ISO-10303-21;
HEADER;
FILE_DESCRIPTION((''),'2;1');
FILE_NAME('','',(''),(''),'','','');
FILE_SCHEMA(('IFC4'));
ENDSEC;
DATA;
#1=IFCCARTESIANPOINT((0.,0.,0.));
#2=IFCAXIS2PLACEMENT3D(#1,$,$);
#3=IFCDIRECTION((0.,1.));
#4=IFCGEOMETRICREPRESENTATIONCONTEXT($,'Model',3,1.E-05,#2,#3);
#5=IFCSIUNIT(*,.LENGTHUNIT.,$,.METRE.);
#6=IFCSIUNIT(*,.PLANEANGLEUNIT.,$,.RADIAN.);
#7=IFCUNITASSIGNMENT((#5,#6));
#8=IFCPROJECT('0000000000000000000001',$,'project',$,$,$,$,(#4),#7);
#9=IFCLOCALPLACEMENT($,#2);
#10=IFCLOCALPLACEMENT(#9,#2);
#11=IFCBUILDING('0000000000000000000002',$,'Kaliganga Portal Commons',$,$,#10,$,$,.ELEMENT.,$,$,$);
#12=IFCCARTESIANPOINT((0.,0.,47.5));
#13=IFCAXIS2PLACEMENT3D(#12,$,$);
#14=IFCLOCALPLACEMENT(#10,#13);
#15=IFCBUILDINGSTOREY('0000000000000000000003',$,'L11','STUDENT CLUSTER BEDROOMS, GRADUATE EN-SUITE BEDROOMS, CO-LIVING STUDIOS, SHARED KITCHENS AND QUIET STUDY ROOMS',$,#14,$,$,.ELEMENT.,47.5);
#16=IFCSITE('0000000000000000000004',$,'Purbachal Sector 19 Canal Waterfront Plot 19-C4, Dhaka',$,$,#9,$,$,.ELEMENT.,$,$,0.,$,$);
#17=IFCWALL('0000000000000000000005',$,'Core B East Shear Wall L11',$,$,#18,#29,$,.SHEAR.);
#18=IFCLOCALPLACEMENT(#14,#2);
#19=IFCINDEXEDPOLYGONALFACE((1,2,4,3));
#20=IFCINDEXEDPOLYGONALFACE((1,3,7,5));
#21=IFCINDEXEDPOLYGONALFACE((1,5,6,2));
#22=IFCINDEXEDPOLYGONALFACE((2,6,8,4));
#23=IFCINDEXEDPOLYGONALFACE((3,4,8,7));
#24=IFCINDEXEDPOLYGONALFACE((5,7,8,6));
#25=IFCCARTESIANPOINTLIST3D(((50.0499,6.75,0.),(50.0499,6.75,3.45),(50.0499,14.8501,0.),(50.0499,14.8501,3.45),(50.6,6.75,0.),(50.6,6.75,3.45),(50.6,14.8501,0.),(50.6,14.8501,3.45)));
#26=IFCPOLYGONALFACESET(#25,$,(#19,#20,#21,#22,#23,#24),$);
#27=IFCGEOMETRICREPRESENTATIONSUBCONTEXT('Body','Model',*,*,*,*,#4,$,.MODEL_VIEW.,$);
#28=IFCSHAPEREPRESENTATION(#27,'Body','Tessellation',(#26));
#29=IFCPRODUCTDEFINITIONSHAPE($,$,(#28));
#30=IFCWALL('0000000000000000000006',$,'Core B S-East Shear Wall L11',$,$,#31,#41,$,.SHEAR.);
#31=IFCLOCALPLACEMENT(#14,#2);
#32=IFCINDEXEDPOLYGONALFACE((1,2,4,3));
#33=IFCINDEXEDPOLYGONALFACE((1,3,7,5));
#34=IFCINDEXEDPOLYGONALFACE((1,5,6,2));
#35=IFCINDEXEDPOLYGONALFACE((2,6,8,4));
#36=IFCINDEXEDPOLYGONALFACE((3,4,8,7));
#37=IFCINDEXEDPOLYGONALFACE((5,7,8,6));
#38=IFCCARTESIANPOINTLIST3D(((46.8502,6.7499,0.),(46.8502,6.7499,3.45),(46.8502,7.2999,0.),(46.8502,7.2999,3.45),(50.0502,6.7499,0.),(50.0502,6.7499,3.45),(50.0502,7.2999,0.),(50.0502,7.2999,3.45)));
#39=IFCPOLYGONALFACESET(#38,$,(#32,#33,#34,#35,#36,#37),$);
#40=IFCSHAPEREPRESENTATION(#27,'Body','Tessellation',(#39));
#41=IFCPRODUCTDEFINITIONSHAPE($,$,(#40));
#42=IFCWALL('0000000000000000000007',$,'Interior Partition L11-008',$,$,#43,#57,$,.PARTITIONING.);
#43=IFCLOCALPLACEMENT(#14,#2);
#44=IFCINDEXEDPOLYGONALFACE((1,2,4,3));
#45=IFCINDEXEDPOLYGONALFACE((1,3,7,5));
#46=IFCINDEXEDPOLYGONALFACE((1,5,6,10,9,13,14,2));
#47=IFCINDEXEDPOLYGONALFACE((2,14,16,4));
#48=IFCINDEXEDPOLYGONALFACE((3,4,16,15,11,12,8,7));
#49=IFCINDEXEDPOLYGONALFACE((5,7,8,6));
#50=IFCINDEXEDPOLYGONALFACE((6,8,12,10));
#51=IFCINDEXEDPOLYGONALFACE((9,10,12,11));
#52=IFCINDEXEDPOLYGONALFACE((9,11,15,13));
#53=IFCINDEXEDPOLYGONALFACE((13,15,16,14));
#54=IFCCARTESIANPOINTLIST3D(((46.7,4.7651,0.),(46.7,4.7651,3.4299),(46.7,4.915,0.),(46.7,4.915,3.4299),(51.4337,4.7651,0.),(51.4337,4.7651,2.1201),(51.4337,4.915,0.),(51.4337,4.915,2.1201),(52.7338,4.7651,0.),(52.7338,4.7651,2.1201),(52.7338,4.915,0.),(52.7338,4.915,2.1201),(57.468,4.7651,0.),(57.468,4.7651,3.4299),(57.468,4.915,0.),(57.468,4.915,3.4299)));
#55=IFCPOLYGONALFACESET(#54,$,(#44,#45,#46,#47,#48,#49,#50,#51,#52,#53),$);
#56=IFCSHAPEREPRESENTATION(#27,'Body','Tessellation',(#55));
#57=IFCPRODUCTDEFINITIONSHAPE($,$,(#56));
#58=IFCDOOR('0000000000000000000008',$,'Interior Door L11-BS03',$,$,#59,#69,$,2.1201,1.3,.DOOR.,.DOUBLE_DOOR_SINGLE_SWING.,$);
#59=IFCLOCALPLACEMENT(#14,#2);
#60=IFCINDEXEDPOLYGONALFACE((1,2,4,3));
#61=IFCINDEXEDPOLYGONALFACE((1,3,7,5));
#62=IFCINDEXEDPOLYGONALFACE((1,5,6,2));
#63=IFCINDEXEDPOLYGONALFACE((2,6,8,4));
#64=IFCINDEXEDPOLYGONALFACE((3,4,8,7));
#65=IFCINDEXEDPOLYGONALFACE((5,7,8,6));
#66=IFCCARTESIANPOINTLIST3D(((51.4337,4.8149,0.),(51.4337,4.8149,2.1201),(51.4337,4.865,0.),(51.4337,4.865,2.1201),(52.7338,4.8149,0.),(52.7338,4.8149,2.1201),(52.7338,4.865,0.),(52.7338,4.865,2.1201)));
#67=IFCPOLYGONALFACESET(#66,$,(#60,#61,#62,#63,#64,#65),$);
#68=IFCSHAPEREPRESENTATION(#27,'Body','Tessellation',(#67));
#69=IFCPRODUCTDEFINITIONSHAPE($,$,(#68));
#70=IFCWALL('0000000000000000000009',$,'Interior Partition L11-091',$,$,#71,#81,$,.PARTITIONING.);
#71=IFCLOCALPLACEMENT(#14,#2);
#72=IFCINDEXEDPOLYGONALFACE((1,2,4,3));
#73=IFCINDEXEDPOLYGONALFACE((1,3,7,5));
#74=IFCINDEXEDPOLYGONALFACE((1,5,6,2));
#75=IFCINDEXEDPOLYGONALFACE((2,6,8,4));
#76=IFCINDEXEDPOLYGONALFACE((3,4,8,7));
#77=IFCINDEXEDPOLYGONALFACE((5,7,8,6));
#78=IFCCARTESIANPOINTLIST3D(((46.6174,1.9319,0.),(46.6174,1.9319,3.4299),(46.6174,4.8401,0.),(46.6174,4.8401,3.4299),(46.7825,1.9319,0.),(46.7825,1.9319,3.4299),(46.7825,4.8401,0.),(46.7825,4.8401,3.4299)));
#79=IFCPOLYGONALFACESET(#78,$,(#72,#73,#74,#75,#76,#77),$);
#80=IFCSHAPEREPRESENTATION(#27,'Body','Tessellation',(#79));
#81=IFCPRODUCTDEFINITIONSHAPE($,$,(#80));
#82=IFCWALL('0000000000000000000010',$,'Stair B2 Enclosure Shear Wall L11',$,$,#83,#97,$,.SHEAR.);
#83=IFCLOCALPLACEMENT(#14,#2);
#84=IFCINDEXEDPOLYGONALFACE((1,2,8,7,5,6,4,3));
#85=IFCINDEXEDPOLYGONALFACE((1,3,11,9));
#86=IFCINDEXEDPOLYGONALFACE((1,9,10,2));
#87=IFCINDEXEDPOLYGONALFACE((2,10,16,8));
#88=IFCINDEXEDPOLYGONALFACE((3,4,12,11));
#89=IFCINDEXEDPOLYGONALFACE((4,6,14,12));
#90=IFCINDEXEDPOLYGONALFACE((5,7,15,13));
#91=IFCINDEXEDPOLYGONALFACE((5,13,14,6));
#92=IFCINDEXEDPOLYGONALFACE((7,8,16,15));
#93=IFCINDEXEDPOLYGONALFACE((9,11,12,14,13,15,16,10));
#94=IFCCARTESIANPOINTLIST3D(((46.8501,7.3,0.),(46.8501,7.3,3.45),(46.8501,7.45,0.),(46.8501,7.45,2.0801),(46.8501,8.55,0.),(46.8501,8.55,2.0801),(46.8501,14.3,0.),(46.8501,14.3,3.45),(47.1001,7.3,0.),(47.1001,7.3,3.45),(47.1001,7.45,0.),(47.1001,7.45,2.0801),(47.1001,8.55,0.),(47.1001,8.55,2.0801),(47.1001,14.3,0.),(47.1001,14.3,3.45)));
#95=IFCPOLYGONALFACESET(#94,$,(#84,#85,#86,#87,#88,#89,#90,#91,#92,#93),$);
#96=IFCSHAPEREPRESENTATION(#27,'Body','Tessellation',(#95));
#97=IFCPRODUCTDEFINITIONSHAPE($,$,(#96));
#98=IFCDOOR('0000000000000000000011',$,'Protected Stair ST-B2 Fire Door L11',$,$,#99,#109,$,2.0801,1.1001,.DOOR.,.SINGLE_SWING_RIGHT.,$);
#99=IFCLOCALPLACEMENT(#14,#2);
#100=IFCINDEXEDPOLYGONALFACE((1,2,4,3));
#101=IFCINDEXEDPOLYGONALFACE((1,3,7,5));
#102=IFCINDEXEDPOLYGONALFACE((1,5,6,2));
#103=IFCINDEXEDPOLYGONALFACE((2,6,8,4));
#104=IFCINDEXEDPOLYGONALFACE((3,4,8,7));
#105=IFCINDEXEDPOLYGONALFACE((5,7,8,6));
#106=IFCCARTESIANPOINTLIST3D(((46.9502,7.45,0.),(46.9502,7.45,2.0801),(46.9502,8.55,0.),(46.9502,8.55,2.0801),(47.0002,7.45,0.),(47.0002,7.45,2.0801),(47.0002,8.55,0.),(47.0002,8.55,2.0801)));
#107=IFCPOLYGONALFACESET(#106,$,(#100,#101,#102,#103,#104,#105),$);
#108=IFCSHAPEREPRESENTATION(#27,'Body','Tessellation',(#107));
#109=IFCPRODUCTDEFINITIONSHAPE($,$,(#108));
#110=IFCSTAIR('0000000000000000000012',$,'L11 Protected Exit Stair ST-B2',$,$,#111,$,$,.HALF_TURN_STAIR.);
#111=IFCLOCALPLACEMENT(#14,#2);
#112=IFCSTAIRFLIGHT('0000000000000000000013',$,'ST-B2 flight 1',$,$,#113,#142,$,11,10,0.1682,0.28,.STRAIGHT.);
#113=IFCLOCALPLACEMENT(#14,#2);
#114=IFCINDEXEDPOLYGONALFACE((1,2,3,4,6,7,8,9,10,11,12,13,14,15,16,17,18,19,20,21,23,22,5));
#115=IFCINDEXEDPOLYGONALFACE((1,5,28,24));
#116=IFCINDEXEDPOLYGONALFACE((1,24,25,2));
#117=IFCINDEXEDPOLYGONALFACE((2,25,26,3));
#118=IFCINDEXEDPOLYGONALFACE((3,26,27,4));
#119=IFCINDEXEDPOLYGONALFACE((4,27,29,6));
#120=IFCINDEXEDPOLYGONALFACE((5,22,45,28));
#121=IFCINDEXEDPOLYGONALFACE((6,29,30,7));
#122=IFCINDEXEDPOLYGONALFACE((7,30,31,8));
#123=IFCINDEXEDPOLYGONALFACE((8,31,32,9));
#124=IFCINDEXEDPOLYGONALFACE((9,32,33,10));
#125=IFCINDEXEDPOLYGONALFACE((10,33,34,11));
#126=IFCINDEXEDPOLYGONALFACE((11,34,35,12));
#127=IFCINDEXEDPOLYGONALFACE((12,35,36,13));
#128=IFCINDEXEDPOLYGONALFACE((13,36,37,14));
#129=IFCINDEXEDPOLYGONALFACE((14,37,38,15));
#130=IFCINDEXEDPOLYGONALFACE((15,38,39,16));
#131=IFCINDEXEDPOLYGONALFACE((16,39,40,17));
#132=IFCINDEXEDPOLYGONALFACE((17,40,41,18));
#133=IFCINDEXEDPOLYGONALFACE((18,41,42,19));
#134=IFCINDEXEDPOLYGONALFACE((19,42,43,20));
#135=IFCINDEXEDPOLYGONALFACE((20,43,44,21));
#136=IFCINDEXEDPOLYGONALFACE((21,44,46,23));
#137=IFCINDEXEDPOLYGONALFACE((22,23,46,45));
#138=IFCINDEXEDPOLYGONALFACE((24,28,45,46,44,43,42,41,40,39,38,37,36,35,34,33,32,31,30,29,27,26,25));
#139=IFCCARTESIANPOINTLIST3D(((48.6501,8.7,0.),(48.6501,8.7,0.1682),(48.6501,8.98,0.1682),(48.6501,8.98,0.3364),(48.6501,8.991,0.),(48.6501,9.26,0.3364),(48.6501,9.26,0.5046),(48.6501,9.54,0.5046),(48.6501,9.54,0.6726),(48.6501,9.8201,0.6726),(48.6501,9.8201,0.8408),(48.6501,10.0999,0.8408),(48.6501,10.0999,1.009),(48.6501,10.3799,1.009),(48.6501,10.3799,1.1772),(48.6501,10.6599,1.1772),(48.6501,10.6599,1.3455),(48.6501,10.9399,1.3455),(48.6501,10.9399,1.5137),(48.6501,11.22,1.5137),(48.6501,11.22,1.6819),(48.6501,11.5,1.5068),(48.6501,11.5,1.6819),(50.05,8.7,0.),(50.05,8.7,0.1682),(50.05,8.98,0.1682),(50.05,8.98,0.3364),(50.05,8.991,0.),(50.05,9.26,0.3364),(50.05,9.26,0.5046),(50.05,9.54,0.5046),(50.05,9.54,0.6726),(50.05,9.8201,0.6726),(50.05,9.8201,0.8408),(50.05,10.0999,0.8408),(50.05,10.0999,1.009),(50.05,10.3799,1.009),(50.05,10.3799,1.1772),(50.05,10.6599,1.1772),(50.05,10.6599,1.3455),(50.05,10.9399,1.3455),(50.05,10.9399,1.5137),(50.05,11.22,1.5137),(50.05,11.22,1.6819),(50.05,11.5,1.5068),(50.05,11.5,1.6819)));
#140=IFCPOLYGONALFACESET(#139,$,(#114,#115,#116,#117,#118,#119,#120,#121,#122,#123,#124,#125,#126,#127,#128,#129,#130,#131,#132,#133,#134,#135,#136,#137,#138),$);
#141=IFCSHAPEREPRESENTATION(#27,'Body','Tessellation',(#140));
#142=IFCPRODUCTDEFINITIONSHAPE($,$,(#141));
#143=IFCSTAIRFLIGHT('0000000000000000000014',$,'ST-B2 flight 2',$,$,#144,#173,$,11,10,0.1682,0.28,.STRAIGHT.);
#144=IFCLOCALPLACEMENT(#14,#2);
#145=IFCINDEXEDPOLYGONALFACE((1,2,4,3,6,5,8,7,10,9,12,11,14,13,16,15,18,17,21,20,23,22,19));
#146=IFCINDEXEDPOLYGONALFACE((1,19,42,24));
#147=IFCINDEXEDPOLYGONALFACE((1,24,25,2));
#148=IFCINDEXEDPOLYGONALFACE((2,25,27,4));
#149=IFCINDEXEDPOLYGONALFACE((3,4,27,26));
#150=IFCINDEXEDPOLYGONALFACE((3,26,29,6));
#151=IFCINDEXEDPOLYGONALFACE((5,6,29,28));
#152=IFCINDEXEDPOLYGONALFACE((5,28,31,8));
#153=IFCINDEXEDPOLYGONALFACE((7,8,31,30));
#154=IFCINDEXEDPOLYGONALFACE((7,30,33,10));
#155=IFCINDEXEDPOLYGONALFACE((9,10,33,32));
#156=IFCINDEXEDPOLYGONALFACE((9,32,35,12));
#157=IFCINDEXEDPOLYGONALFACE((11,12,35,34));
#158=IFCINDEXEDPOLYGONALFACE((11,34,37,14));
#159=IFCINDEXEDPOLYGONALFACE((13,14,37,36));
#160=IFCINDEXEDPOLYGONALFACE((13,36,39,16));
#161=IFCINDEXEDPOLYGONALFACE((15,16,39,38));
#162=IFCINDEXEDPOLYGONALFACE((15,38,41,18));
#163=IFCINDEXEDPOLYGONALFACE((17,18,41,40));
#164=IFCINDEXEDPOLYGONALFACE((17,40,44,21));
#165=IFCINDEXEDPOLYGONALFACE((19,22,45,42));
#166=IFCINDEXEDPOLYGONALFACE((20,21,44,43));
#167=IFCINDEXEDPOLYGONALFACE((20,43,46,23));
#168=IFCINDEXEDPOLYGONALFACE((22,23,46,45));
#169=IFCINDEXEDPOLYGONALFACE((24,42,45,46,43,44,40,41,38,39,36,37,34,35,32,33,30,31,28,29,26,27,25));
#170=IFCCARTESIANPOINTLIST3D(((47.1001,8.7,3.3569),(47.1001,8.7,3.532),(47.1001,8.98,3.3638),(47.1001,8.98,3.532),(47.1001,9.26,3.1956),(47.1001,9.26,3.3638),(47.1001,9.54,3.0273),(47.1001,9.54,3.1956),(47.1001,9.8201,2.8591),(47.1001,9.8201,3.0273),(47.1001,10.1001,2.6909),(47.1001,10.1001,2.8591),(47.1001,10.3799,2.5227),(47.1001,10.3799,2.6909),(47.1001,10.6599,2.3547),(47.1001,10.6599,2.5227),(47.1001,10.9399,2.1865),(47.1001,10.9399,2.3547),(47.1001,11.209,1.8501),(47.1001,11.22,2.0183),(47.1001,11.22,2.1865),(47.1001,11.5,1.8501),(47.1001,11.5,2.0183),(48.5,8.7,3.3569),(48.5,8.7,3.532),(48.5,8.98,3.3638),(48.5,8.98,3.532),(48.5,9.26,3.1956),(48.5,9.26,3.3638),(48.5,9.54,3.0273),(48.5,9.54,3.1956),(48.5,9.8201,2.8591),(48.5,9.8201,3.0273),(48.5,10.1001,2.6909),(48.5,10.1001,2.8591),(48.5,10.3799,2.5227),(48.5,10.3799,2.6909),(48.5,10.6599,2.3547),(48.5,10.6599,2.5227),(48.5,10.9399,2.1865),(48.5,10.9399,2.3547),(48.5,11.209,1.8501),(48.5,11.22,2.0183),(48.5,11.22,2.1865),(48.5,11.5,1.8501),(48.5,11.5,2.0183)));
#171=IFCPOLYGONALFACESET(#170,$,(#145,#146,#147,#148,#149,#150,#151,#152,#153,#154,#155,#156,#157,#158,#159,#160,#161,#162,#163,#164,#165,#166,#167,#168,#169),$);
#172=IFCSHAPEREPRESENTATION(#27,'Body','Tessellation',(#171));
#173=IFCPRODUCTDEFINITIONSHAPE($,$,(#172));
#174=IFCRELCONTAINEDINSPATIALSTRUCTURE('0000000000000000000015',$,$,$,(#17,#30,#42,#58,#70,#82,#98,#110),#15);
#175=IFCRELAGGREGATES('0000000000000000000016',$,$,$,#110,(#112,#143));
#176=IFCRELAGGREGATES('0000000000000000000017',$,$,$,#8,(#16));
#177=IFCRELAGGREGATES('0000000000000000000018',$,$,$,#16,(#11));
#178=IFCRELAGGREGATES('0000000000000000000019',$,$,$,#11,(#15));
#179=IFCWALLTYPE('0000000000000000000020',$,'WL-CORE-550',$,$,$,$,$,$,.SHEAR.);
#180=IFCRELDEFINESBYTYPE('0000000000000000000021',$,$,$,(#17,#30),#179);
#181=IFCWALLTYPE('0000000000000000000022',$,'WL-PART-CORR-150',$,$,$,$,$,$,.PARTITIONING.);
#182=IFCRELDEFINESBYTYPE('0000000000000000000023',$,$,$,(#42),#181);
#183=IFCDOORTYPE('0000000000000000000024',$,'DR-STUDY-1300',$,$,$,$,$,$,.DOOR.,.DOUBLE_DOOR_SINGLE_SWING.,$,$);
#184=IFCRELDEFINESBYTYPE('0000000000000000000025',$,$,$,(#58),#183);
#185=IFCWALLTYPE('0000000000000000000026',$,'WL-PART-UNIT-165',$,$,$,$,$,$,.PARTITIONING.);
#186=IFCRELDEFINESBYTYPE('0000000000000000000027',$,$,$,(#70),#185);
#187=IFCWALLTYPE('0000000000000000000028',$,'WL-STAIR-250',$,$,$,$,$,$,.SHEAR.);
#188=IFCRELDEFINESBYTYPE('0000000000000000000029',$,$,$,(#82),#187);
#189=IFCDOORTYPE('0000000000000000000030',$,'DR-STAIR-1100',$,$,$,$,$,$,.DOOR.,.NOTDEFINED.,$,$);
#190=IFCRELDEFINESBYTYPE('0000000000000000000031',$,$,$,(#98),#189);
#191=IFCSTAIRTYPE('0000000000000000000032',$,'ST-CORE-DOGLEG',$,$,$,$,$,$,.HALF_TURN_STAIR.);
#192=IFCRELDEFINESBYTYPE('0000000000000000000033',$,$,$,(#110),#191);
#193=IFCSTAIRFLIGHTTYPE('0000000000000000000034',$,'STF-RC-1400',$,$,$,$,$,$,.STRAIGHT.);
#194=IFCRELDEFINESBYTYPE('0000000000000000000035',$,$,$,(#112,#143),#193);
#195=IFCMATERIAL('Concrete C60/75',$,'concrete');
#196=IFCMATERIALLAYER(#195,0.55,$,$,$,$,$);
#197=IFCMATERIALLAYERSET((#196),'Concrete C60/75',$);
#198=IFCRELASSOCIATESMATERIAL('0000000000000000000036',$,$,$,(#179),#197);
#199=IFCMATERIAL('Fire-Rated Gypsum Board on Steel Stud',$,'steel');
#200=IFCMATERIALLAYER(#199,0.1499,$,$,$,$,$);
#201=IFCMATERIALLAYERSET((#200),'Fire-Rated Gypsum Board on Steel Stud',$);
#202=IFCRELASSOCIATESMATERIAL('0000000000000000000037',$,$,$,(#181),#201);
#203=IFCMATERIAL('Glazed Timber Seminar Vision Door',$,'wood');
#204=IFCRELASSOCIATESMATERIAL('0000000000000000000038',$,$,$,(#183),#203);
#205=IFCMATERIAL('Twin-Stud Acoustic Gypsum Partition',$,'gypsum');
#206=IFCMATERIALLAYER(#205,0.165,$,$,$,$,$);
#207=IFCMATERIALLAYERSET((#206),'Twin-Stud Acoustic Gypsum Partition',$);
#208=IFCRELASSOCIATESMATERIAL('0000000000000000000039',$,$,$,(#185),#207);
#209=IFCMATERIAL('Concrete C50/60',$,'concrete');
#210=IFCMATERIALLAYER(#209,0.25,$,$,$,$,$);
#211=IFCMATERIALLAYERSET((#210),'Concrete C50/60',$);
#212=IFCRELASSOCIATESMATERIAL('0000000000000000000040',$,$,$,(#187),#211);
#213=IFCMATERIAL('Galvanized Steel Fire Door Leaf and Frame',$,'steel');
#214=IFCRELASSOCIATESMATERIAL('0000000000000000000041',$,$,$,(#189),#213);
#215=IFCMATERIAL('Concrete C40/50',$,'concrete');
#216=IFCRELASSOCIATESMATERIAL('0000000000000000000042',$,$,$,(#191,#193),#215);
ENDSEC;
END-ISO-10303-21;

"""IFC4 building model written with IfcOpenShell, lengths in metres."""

from ifc_helpers import new_model, si_unit, direction, frame, frame_2d, origin, place, context, subcontext, project, spatial, polyline, rectangle, outline, extrude, material, layer, layer_set, type_object, element, fill, aggregate, save


model = new_model("IFC4")

# Units and contexts
model_context = context("Model", 3, precision=1e-05, world=origin(), true_north=direction((0.0, 1.0)))
body_context = subcontext(model_context, "Body", "Model", "MODEL_VIEW")
ifc_project = project(units=[si_unit("LENGTHUNIT", "METRE"), si_unit("PLANEANGLEUNIT", "RADIAN")], contexts=[model_context])

# Site, building, storey
site_placement = place(None, origin())
site = spatial("IfcSite", under=ifc_project, at=site_placement, Name="Purbachal Sector 19 Canal Waterfront Plot 19-C4, Dhaka", CompositionType="ELEMENT", RefElevation=0.0)
building_placement = place(site_placement, origin())
building = spatial("IfcBuilding", under=site, at=building_placement, Name="Kaliganga Portal Commons", CompositionType="ELEMENT")
storey_placement = place(building_placement, frame((0.0, 0.0, 47.5)))
storey = spatial("IfcBuildingStorey", under=building, at=storey_placement, Name="L11", Description="STUDENT CLUSTER BEDROOMS, GRADUATE EN-SUITE BEDROOMS, CO-LIVING STUDIOS, SHARED KITCHENS AND QUIET STUDY ROOMS", CompositionType="ELEMENT", Elevation=47.5)

# Walls
ifc_material_1 = material(Name="Concrete C60/75", Category="concrete")
ifc_layer_1 = layer(ifc_material_1, 0.55)
ifc_layer_set_1 = layer_set([ifc_layer_1], Name="Concrete C60/75")
wall_type_1 = type_object("IfcWallType", Name="WL-CORE-550", PredefinedType="SHEAR", material=ifc_layer_set_1)
wall_1_placement = place(storey_placement, frame((50.325, 6.75, 0.0), z_axis=(0.0, 0.0, 1.0), x_axis=(0.0, 1.0, 0.0)))
element("IfcWall", 1, at=wall_1_placement, inside=storey, type_object=wall_type_1, Name="Core B East Shear Wall L11", PredefinedType="SHEAR", context=body_context, shape_type="SweptSolid", body=[
    extrude(rectangle(XDim=8.1001, YDim=0.55, at=frame_2d((4.05, 0.0))), origin(), (0.0, 0.0, 1.0), 3.45),
])
wall_2_placement = place(storey_placement, frame((46.8501, 7.0249, 0.0), z_axis=(0.0, 0.0, 1.0), x_axis=(1.0, 0.0, 0.0)))
element("IfcWall", 2, at=wall_2_placement, inside=storey, type_object=wall_type_1, Name="Core B S-East Shear Wall L11", PredefinedType="SHEAR", context=body_context, shape_type="SweptSolid", body=[
    extrude(rectangle(XDim=3.2, YDim=0.55, at=frame_2d((1.6001, 0.0))), origin(), (0.0, 0.0, 1.0), 3.45),
])

# Wall, opening, door
ifc_material_2 = material(Name="Fire-Rated Gypsum Board on Steel Stud", Category="steel")
ifc_layer_2 = layer(ifc_material_2, 0.1499)
ifc_layer_set_2 = layer_set([ifc_layer_2], Name="Fire-Rated Gypsum Board on Steel Stud")
wall_type_2 = type_object("IfcWallType", Name="WL-PART-CORR-150", PredefinedType="PARTITIONING", material=ifc_layer_set_2)
wall_3_placement = place(storey_placement, frame((46.7, 4.8401, 0.0), z_axis=(0.0, 0.0, 1.0), x_axis=(1.0, 0.0, 0.0)))
wall_3 = element("IfcWall", 3, at=wall_3_placement, inside=storey, type_object=wall_type_2, Name="Interior Partition L11-008", PredefinedType="PARTITIONING", context=body_context, shape_type="SweptSolid", body=[
    extrude(rectangle(XDim=10.7681, YDim=0.1499, at=frame_2d((5.384, 0.0))), origin(), (0.0, 0.0, 1.0), 3.4299),
])
opening_1_placement = place(wall_3_placement, frame((4.7339, 0.0, 0.0)))
opening_1 = element("IfcOpeningElement", 4, at=opening_1_placement, cuts=wall_3, PredefinedType="OPENING", context=body_context, shape_type="SweptSolid", body=[
    extrude(rectangle(XDim=1.3, YDim=2.1201, at=frame_2d((0.6499, 1.0601))), frame((0.0, 0.085, 0.0), z_axis=(0.0, -1.0, 0.0), x_axis=(1.0, 0.0, 0.0)), (0.0, 0.0, 1.0), 0.1699),
])
ifc_material_3 = material(Name="Glazed Timber Seminar Vision Door", Category="wood")
door_type_1 = type_object("IfcDoorType", Name="DR-STUDY-1300", OperationType="DOUBLE_DOOR_SINGLE_SWING", PredefinedType="DOOR", material=ifc_material_3)
door_1_placement = place(opening_1_placement, origin())
door_1 = element("IfcDoor", 5, at=door_1_placement, inside=storey, type_object=door_type_1, Name="Interior Door L11-BS03", OperationType="DOUBLE_DOOR_SINGLE_SWING", OverallHeight=2.1201, OverallWidth=1.3, PredefinedType="DOOR", context=body_context, shape_type="SweptSolid", body=[
    extrude(rectangle(XDim=1.3, YDim=2.1201, at=frame_2d((0.6499, 1.0601))), frame((0.0, 0.0249, 0.0), z_axis=(0.0, -1.0, 0.0), x_axis=(1.0, 0.0, 0.0)), (0.0, 0.0, 1.0), 0.05),
])
fill(opening_1, door_1)

# Wall
ifc_material_4 = material(Name="Twin-Stud Acoustic Gypsum Partition", Category="gypsum")
ifc_layer_3 = layer(ifc_material_4, 0.165)
ifc_layer_set_3 = layer_set([ifc_layer_3], Name="Twin-Stud Acoustic Gypsum Partition")
wall_type_3 = type_object("IfcWallType", Name="WL-PART-UNIT-165", PredefinedType="PARTITIONING", material=ifc_layer_set_3)
wall_4_placement = place(storey_placement, frame((46.7, 1.9319, 0.0), z_axis=(0.0, 0.0, 1.0), x_axis=(0.0, 1.0, 0.0)))
element("IfcWall", 6, at=wall_4_placement, inside=storey, type_object=wall_type_3, Name="Interior Partition L11-091", PredefinedType="PARTITIONING", context=body_context, shape_type="SweptSolid", body=[
    extrude(rectangle(XDim=2.9082, YDim=0.165, at=frame_2d((1.4541, 0.0))), origin(), (0.0, 0.0, 1.0), 3.4299),
])

# Wall, opening, door
ifc_material_5 = material(Name="Concrete C50/60", Category="concrete")
ifc_layer_4 = layer(ifc_material_5, 0.25)
ifc_layer_set_4 = layer_set([ifc_layer_4], Name="Concrete C50/60")
wall_type_4 = type_object("IfcWallType", Name="WL-STAIR-250", PredefinedType="SHEAR", material=ifc_layer_set_4)
wall_5_placement = place(storey_placement, frame((46.9751, 7.3, 0.0), z_axis=(0.0, 0.0, 1.0), x_axis=(0.0, 1.0, 0.0)))
wall_5 = element("IfcWall", 7, at=wall_5_placement, inside=storey, type_object=wall_type_4, Name="Stair B2 Enclosure Shear Wall L11", PredefinedType="SHEAR", context=body_context, shape_type="SweptSolid", body=[
    extrude(rectangle(XDim=7.0, YDim=0.25, at=frame_2d((3.5, 0.0))), origin(), (0.0, 0.0, 1.0), 3.45),
])
opening_2_placement = place(wall_5_placement, frame((0.1499, 0.0, 0.0)))
opening_2 = element("IfcOpeningElement", 8, at=opening_2_placement, cuts=wall_5, PredefinedType="OPENING", context=body_context, shape_type="SweptSolid", body=[
    extrude(rectangle(XDim=1.1001, YDim=2.0801, at=frame_2d((0.55, 1.04))), frame((0.0, 0.135, 0.0), z_axis=(0.0, -1.0, 0.0), x_axis=(1.0, 0.0, 0.0)), (0.0, 0.0, 1.0), 0.27),
])
ifc_material_6 = material(Name="Galvanized Steel Fire Door Leaf and Frame", Category="steel")
door_type_2 = type_object("IfcDoorType", Name="DR-STAIR-1100", OperationType="NOTDEFINED", PredefinedType="DOOR", material=ifc_material_6)
door_2_placement = place(opening_2_placement, origin())
door_2 = element("IfcDoor", 9, at=door_2_placement, inside=storey, type_object=door_type_2, Name="Protected Stair ST-B2 Fire Door L11", OperationType="SINGLE_SWING_RIGHT", OverallHeight=2.0801, OverallWidth=1.1001, PredefinedType="DOOR", context=body_context, shape_type="SweptSolid", body=[
    extrude(rectangle(XDim=1.1001, YDim=2.0801, at=frame_2d((0.55, 1.04))), frame((0.0, 0.0249, 0.0), z_axis=(0.0, -1.0, 0.0), x_axis=(1.0, 0.0, 0.0)), (0.0, 0.0, 1.0), 0.05),
])
fill(opening_2, door_2)

# Stair, stair flights
ifc_material_7 = material(Name="Concrete C40/50", Category="concrete")
stair_type = type_object("IfcStairType", Name="ST-CORE-DOGLEG", PredefinedType="HALF_TURN_STAIR", material=ifc_material_7)
stair_placement = place(storey_placement, origin())
stair = element("IfcStair", 10, at=stair_placement, inside=storey, type_object=stair_type, Name="L11 Protected Exit Stair ST-B2", PredefinedType="HALF_TURN_STAIR")
stair_flight_type = type_object("IfcStairFlightType", Name="STF-RC-1400", PredefinedType="STRAIGHT", material=ifc_material_7)
stair_flight_1_placement = place(storey_placement, frame((49.3501, 8.7, 0.0), z_axis=(0.0, 0.0, 1.0), x_axis=(0.0, 1.0, 0.0)))
stair_flight_1 = element("IfcStairFlight", 11, at=stair_flight_1_placement, type_object=stair_flight_type, Name="ST-B2 flight 1", NumberOfRisers=11, NumberOfTreads=10, PredefinedType="STRAIGHT", RiserHeight=0.1682, TreadLength=0.28, context=body_context, shape_type="SweptSolid", body=[
    extrude(outline(polyline([(0.0, 0.0), (0.0, 0.1682), (0.28, 0.1682), (0.28, 0.3364), (0.5601, 0.3364), (0.5601, 0.5046), (0.8401, 0.5046), (0.8401, 0.6726), (1.1201, 0.6726), (1.1201, 0.8408), (1.3999, 0.8408), (1.3999, 1.009), (1.6799, 1.009), (1.6799, 1.1772), (1.96, 1.1772), (1.96, 1.3455), (2.24, 1.3455), (2.24, 1.5137), (2.52, 1.5137), (2.52, 1.6819), (2.8, 1.6819), (2.8, 1.8501), (2.8, 1.5068), (0.291, 0.0), (0.0, 0.0)])), frame((0.0, 0.7, 0.0), z_axis=(0.0, -1.0, 0.0), x_axis=(1.0, 0.0, 0.0)), (0.0, 0.0, 1.0), 1.3999),
])
stair_flight_2_placement = place(storey_placement, frame((47.8, 11.5, 1.8501), z_axis=(0.0, 0.0, 1.0), x_axis=(0.0, -1.0, 0.0)))
stair_flight_2 = element("IfcStairFlight", 12, at=stair_flight_2_placement, type_object=stair_flight_type, Name="ST-B2 flight 2", NumberOfRisers=11, NumberOfTreads=10, PredefinedType="STRAIGHT", RiserHeight=0.1682, TreadLength=0.28, context=body_context, shape_type="SweptSolid", body=[
    extrude(outline(polyline([(0.0, 0.0), (0.0, 0.1682), (0.28, 0.1682), (0.28, 0.3364), (0.5601, 0.3364), (0.5601, 0.5046), (0.8401, 0.5046), (0.8401, 0.6726), (1.1201, 0.6726), (1.1201, 0.8408), (1.3999, 0.8408), (1.3999, 1.009), (1.6799, 1.009), (1.6799, 1.1772), (1.96, 1.1772), (1.96, 1.3455), (2.24, 1.3455), (2.24, 1.5137), (2.52, 1.5137), (2.52, 1.6819), (2.8, 1.6819), (2.8, 1.8501), (2.8, 1.5068), (0.291, 0.0), (0.0, 0.0)])), frame((0.0, 0.7, 0.0), z_axis=(0.0, -1.0, 0.0), x_axis=(1.0, 0.0, 0.0)), (0.0, 0.0, 1.0), 1.3999),
])
aggregate(stair, [stair_flight_1, stair_flight_2])

save(model, "model.ifc")
